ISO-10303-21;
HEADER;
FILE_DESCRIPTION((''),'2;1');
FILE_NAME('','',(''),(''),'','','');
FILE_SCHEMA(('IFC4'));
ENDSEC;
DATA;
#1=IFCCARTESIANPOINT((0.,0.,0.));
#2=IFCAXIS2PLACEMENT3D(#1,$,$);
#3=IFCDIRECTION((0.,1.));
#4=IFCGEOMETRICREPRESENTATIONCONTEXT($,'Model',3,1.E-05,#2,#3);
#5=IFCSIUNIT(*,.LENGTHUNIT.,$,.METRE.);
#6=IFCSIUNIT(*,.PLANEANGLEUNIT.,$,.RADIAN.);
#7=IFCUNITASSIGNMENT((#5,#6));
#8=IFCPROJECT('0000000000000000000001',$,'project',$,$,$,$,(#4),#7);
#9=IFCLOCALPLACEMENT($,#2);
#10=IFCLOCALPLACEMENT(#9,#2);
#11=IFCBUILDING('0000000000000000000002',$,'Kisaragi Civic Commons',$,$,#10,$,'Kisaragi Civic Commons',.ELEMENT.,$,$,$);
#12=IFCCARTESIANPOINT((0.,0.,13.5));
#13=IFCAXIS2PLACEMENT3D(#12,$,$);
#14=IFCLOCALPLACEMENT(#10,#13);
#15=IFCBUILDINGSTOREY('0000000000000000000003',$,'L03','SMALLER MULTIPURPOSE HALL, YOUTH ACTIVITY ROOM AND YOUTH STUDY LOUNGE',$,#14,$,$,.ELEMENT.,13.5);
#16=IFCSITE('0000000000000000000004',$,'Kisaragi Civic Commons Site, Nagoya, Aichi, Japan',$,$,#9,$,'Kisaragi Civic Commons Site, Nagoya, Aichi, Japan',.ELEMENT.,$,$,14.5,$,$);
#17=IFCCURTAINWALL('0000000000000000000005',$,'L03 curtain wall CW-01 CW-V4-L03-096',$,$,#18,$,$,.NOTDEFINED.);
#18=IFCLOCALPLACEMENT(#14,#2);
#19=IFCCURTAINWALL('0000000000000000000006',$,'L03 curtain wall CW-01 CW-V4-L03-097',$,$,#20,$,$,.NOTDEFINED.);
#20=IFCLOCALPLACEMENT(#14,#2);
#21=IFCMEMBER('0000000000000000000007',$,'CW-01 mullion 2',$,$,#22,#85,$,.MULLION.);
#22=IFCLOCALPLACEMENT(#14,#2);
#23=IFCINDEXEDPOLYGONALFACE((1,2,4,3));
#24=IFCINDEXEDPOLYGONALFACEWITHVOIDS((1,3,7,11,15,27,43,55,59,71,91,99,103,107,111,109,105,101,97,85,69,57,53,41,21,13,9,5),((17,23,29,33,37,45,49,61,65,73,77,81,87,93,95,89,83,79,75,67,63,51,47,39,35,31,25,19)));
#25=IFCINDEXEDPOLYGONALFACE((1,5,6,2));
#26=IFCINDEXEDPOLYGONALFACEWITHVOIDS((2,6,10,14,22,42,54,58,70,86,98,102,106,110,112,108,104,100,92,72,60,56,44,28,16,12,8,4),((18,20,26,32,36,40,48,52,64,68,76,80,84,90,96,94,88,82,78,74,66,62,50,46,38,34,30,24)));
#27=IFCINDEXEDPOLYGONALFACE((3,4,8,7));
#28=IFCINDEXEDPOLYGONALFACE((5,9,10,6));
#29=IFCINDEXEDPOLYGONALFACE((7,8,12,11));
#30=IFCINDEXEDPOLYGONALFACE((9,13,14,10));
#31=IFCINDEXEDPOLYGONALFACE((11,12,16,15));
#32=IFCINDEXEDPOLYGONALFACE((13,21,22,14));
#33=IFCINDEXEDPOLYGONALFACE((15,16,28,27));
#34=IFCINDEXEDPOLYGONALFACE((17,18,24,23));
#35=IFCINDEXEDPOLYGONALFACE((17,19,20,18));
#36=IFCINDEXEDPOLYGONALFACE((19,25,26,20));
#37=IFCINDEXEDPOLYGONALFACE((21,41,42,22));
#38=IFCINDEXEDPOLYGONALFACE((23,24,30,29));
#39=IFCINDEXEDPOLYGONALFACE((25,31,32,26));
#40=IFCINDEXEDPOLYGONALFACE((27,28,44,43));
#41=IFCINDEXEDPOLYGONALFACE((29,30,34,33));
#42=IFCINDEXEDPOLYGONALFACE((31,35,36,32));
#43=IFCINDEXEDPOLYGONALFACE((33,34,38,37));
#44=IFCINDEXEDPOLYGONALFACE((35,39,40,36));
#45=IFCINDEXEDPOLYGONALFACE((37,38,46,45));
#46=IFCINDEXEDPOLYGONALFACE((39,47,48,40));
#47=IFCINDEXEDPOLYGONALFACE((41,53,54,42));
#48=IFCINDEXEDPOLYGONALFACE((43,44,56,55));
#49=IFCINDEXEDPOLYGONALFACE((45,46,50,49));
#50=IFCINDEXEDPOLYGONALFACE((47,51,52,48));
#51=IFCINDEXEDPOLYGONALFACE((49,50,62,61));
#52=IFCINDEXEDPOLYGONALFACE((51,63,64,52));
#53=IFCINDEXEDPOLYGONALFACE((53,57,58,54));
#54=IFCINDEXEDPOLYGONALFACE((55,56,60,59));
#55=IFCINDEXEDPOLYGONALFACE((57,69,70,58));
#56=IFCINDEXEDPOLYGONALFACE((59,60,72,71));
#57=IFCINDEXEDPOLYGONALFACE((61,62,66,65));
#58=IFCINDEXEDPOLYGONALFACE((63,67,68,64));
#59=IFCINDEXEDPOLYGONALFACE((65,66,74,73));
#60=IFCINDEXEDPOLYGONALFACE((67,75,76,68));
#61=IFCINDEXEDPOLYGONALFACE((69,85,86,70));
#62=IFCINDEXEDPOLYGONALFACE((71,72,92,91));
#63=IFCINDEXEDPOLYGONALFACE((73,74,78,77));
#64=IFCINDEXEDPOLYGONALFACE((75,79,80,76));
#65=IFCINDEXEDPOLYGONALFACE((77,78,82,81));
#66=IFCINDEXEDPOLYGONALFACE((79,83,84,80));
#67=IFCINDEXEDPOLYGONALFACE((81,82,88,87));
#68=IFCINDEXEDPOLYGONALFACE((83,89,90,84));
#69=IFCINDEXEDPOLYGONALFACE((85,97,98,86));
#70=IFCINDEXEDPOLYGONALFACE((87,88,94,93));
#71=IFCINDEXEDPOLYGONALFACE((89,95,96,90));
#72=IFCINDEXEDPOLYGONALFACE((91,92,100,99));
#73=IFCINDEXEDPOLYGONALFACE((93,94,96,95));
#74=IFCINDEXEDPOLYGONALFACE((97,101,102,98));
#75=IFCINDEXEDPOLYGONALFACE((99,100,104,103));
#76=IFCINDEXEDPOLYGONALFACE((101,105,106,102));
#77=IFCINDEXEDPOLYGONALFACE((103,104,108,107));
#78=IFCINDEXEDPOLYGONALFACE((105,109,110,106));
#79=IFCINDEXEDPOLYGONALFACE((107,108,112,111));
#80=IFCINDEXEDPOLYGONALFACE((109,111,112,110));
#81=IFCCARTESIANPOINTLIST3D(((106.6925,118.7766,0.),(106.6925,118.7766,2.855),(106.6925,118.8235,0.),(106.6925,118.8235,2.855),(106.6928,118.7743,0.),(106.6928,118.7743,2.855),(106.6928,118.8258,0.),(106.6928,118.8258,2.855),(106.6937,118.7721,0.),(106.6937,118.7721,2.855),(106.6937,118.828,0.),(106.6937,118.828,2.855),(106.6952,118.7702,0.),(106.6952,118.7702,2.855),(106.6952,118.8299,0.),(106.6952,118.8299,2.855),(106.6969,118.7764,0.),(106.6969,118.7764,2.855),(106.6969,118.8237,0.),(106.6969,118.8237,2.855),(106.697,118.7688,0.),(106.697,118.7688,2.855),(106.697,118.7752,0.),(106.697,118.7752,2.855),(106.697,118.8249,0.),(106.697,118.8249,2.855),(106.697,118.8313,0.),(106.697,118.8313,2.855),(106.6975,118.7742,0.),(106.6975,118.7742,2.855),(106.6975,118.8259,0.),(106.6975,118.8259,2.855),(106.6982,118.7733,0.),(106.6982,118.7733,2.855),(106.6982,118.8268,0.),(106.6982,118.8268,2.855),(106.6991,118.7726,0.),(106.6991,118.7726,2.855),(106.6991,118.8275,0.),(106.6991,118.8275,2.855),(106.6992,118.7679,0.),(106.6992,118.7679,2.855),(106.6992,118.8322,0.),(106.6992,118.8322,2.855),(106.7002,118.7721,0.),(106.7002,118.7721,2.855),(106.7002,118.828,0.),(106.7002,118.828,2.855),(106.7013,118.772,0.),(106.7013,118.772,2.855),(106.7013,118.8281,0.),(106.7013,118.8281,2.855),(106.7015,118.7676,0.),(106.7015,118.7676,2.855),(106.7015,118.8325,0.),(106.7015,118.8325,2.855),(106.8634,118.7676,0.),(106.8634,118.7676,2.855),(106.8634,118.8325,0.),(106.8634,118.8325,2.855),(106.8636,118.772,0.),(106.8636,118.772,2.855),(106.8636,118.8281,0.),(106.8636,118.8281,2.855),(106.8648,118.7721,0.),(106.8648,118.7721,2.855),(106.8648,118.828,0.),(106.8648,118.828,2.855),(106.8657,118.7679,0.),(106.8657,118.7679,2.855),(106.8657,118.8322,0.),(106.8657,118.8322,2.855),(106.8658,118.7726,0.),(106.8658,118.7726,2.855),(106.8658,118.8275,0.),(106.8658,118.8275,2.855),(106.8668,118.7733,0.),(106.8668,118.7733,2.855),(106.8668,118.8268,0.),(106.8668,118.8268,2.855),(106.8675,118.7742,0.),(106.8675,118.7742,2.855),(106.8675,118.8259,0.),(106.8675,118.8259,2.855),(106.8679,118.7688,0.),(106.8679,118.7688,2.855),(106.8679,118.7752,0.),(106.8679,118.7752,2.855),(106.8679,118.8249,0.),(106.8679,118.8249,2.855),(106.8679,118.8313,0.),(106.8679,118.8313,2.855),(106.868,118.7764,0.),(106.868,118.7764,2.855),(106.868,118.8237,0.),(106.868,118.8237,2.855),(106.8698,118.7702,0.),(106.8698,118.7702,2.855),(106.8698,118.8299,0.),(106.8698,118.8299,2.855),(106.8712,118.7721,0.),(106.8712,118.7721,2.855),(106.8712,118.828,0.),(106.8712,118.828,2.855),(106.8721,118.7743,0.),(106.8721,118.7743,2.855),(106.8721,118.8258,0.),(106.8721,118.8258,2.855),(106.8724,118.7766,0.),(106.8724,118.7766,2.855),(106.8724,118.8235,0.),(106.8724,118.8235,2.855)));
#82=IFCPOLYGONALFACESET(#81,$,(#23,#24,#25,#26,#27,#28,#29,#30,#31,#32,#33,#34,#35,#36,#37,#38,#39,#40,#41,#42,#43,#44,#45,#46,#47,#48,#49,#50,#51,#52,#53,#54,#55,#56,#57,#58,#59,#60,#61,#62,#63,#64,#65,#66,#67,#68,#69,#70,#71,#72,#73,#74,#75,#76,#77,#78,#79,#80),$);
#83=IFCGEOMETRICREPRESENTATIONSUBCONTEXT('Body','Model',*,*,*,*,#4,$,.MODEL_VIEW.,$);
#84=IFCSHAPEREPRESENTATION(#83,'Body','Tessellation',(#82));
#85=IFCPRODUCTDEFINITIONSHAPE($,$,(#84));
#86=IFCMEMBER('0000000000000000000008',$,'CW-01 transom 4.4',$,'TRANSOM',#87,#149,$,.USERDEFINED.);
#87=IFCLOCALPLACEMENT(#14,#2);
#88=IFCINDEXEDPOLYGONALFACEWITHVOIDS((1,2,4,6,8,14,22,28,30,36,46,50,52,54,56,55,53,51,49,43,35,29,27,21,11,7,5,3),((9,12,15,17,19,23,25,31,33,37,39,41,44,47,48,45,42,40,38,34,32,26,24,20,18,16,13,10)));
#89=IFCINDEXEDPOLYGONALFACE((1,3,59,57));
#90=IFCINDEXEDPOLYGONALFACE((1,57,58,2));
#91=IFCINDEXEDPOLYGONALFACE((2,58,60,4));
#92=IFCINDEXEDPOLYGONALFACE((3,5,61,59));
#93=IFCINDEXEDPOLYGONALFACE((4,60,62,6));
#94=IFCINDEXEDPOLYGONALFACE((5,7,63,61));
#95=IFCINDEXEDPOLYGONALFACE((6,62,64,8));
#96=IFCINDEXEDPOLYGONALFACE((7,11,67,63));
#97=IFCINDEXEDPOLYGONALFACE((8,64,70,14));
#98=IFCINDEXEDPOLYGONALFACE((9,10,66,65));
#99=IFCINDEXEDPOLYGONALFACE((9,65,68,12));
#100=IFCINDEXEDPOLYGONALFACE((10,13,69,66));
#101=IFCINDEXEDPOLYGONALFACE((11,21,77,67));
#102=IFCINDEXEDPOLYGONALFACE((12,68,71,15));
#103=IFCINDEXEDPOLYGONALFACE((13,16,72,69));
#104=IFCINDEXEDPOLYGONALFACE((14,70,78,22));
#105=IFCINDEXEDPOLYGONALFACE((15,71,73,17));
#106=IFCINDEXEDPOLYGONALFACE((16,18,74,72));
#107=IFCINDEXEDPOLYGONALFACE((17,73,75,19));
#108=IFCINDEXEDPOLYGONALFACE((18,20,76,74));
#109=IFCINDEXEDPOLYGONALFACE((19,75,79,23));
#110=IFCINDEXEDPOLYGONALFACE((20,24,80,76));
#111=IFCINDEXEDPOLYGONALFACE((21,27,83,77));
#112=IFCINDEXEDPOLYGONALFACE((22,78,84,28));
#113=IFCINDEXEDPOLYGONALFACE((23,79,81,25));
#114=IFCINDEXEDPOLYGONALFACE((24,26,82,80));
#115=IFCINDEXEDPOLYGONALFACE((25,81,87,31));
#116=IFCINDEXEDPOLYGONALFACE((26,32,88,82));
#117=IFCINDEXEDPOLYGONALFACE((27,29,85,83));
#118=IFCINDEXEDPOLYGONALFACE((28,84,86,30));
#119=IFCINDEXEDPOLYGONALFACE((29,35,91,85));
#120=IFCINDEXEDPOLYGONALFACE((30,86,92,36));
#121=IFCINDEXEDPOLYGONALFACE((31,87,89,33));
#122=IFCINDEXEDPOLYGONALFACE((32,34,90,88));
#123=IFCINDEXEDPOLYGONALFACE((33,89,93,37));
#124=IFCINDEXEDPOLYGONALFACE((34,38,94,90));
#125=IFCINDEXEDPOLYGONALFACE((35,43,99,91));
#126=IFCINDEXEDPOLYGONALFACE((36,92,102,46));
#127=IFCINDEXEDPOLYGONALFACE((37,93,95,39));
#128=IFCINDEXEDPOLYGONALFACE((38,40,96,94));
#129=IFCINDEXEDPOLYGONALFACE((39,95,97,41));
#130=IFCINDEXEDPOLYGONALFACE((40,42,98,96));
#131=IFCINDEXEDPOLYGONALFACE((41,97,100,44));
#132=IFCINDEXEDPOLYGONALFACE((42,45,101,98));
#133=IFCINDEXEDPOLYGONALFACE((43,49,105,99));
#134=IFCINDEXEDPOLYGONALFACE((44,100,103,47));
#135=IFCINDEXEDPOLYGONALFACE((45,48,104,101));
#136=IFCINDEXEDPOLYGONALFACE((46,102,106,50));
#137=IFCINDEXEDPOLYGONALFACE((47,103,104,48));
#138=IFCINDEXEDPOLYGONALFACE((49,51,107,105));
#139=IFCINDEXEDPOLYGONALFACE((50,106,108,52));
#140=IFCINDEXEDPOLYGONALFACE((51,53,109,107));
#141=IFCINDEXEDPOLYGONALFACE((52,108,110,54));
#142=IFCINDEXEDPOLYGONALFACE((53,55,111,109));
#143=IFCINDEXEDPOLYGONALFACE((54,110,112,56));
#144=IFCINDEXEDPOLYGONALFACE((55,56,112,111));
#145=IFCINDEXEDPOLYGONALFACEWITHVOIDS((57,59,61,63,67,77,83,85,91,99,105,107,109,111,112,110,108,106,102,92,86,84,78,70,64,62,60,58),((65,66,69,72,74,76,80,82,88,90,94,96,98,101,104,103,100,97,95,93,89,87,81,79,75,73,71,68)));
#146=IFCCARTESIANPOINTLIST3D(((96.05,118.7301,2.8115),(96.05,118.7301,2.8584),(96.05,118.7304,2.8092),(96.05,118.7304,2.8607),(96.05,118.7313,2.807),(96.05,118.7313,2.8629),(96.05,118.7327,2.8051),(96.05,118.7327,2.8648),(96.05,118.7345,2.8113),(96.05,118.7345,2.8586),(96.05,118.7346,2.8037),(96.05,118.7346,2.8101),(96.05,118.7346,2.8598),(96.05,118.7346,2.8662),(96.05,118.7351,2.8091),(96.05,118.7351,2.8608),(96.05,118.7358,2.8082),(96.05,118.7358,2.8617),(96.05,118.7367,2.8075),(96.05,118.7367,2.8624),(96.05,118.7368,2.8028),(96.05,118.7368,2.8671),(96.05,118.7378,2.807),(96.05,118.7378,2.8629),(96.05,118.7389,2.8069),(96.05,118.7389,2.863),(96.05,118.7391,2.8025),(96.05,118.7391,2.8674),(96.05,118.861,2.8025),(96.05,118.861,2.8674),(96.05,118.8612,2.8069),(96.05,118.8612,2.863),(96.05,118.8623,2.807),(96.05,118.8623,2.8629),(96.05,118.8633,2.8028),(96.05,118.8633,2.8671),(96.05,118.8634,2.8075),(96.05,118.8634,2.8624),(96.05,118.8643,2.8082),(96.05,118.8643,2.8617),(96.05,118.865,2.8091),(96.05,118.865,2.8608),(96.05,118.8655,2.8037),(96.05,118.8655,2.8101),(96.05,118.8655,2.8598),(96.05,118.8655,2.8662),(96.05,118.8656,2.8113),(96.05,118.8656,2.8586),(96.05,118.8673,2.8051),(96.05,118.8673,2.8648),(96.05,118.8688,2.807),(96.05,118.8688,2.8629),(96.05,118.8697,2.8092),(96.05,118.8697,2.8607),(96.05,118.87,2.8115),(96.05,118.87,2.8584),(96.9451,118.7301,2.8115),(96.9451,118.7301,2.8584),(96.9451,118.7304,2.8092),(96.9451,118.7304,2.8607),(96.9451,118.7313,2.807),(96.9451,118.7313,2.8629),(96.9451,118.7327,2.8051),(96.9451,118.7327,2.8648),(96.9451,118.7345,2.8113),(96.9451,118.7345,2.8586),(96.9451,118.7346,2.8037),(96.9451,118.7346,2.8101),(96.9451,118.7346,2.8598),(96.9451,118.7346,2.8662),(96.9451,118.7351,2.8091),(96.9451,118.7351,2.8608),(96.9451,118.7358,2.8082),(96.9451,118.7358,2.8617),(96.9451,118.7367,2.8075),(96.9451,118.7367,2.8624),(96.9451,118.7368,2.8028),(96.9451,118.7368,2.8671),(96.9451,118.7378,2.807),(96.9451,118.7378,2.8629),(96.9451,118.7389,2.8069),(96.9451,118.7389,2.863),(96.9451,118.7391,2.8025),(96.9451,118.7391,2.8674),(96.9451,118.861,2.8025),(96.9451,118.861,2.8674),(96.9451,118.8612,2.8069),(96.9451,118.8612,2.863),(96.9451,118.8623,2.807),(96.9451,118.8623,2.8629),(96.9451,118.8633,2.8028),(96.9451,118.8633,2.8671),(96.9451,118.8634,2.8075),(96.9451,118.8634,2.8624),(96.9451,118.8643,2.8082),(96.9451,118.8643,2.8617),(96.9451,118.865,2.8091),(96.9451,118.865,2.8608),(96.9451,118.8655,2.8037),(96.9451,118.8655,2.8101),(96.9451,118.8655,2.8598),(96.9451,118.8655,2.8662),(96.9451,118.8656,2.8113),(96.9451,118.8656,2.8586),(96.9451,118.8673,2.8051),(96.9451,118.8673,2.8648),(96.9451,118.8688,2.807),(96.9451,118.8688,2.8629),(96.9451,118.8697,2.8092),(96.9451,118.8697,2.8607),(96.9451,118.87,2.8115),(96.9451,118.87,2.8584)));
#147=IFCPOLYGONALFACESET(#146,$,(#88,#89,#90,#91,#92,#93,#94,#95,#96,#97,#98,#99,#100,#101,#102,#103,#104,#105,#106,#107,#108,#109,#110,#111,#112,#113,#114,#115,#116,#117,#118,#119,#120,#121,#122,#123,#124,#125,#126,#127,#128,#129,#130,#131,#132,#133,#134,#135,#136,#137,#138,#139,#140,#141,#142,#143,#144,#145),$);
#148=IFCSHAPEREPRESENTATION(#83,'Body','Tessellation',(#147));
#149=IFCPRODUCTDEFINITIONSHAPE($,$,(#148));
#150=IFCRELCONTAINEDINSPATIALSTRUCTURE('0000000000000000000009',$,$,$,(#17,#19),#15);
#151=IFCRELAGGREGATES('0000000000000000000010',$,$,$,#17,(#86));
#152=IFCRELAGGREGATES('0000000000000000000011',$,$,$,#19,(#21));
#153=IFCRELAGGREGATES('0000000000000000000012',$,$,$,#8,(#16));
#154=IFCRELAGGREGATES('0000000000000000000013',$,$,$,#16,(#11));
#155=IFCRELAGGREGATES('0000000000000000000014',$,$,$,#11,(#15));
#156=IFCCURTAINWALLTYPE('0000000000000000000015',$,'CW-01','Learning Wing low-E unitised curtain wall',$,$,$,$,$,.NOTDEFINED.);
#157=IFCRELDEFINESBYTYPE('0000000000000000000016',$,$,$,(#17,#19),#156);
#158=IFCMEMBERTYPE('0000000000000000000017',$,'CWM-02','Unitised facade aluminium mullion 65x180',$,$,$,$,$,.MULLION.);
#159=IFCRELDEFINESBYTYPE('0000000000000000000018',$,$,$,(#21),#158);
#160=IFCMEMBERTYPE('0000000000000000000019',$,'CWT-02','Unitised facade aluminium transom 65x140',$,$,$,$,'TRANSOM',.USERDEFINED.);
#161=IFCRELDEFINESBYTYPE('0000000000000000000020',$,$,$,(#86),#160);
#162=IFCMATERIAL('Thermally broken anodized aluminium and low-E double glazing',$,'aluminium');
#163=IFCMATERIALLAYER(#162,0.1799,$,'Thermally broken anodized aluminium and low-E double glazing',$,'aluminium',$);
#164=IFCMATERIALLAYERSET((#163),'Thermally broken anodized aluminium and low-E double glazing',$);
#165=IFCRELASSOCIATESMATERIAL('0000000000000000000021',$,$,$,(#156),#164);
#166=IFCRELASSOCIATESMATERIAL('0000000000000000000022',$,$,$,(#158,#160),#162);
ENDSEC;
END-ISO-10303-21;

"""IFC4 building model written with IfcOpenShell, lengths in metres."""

from ifc_helpers import new_model, si_unit, direction, frame, origin, origin_2d, place, context, subcontext, project, spatial, hollow_rectangle, extrude, material, layer, layer_set, material_profile, profile_set, type_object, element, aggregate, save


model = new_model("IFC4")

# Units and contexts
model_context = context("Model", 3, precision=1e-05, world=origin(), true_north=direction((0.0, 1.0)))
body_context = subcontext(model_context, "Body", "Model", "MODEL_VIEW")
ifc_project = project(units=[si_unit("LENGTHUNIT", "METRE"), si_unit("PLANEANGLEUNIT", "RADIAN")], contexts=[model_context])

# Site, building, storey
site_placement = place(None, origin())
site = spatial("IfcSite", under=ifc_project, at=site_placement, Name="Kisaragi Civic Commons Site, Nagoya, Aichi, Japan", LongName="Kisaragi Civic Commons Site, Nagoya, Aichi, Japan", CompositionType="ELEMENT", RefElevation=14.5)
building_placement = place(site_placement, origin())
building = spatial("IfcBuilding", under=site, at=building_placement, Name="Kisaragi Civic Commons", LongName="Kisaragi Civic Commons", CompositionType="ELEMENT")
storey_placement = place(building_placement, frame((0.0, 0.0, 13.5)))
storey = spatial("IfcBuildingStorey", under=building, at=storey_placement, Name="L03", Description="SMALLER MULTIPURPOSE HALL, YOUTH ACTIVITY ROOM AND YOUTH STUDY LOUNGE", CompositionType="ELEMENT", Elevation=13.5)

# Curtain wall
ifc_material_1 = material(Name="Thermally broken anodized aluminium and low-E double glazing", Category="aluminium")
ifc_layer_1 = layer(ifc_material_1, 0.1799, Name="Thermally broken anodized aluminium and low-E double glazing", Category="aluminium")
ifc_layer_set_1 = layer_set([ifc_layer_1], Name="Thermally broken anodized aluminium and low-E double glazing")
curtain_wall_type = type_object("IfcCurtainWallType", Name="CW-01", Description="Learning Wing low-E unitised curtain wall", PredefinedType="NOTDEFINED", material=ifc_layer_set_1)
curtain_wall_1_placement = place(storey_placement, origin())
curtain_wall_1 = element("IfcCurtainWall", 1, at=curtain_wall_1_placement, inside=storey, type_object=curtain_wall_type, Name="L03 curtain wall CW-01 CW-V4-L03-096", PredefinedType="NOTDEFINED")
ifc_material_profile_1 = material_profile(ifc_material_1, hollow_rectangle(XDim=0.0649, YDim=0.1799, WallThickness=0.0044, InnerFilletRadius=0.0044, OuterFilletRadius=0.009, at=origin_2d()), Name="CWM-65x180x4.5", Category="aluminium")
ifc_profile_set_1 = profile_set([ifc_material_profile_1], Name="Thermally broken anodized aluminium and low-E double glazing")
member_type_1 = type_object("IfcMemberType", Name="CWM-02", Description="Unitised facade aluminium mullion 65x180", PredefinedType="MULLION", material=ifc_profile_set_1)

# Curtain wall, member
curtain_wall_2_placement = place(storey_placement, origin())
curtain_wall_2 = element("IfcCurtainWall", 2, at=curtain_wall_2_placement, inside=storey, type_object=curtain_wall_type, Name="L03 curtain wall CW-01 CW-V4-L03-097", PredefinedType="NOTDEFINED")
member_1_placement = place(storey_placement, frame((106.7825, 118.8, 0.0), z_axis=(0.0, 0.0, 1.0), x_axis=(0.0, 1.0, 0.0)))
member_1 = element("IfcMember", 3, at=member_1_placement, type_object=member_type_1, Name="CW-01 mullion 2", PredefinedType="MULLION", context=body_context, shape_type="SweptSolid", body=[
    extrude(hollow_rectangle(XDim=0.0649, YDim=0.1799, WallThickness=0.0044, InnerFilletRadius=0.0044, OuterFilletRadius=0.009, at=origin_2d()), origin(), (0.0, 0.0, 1.0), 2.855),
])

# Member
ifc_material_profile_2 = material_profile(ifc_material_1, hollow_rectangle(XDim=0.1399, YDim=0.0649, WallThickness=0.0044, InnerFilletRadius=0.0044, OuterFilletRadius=0.009, at=origin_2d()), Name="CWT-65x140x4.5", Category="aluminium")
ifc_profile_set_2 = profile_set([ifc_material_profile_2], Name="Thermally broken anodized aluminium and low-E double glazing")
member_type_2 = type_object("IfcMemberType", Name="CWT-02", Description="Unitised facade aluminium transom 65x140", ElementType="TRANSOM", PredefinedType="USERDEFINED", material=ifc_profile_set_2)
member_2_placement = place(storey_placement, frame((96.05, 118.8, 2.835), z_axis=(1.0, 0.0, 0.0), x_axis=(0.0, 1.0, 0.0)))
member_2 = element("IfcMember", 4, at=member_2_placement, type_object=member_type_2, Name="CW-01 transom 4.4", ObjectType="TRANSOM", PredefinedType="USERDEFINED", context=body_context, shape_type="SweptSolid", body=[
    extrude(hollow_rectangle(XDim=0.1399, YDim=0.0649, WallThickness=0.0044, InnerFilletRadius=0.0044, OuterFilletRadius=0.009, at=origin_2d()), origin(), (0.0, 0.0, 1.0), 0.895),
])

aggregate(curtain_wall_1, [member_2])
aggregate(curtain_wall_2, [member_1])

save(model, "model.ifc")
